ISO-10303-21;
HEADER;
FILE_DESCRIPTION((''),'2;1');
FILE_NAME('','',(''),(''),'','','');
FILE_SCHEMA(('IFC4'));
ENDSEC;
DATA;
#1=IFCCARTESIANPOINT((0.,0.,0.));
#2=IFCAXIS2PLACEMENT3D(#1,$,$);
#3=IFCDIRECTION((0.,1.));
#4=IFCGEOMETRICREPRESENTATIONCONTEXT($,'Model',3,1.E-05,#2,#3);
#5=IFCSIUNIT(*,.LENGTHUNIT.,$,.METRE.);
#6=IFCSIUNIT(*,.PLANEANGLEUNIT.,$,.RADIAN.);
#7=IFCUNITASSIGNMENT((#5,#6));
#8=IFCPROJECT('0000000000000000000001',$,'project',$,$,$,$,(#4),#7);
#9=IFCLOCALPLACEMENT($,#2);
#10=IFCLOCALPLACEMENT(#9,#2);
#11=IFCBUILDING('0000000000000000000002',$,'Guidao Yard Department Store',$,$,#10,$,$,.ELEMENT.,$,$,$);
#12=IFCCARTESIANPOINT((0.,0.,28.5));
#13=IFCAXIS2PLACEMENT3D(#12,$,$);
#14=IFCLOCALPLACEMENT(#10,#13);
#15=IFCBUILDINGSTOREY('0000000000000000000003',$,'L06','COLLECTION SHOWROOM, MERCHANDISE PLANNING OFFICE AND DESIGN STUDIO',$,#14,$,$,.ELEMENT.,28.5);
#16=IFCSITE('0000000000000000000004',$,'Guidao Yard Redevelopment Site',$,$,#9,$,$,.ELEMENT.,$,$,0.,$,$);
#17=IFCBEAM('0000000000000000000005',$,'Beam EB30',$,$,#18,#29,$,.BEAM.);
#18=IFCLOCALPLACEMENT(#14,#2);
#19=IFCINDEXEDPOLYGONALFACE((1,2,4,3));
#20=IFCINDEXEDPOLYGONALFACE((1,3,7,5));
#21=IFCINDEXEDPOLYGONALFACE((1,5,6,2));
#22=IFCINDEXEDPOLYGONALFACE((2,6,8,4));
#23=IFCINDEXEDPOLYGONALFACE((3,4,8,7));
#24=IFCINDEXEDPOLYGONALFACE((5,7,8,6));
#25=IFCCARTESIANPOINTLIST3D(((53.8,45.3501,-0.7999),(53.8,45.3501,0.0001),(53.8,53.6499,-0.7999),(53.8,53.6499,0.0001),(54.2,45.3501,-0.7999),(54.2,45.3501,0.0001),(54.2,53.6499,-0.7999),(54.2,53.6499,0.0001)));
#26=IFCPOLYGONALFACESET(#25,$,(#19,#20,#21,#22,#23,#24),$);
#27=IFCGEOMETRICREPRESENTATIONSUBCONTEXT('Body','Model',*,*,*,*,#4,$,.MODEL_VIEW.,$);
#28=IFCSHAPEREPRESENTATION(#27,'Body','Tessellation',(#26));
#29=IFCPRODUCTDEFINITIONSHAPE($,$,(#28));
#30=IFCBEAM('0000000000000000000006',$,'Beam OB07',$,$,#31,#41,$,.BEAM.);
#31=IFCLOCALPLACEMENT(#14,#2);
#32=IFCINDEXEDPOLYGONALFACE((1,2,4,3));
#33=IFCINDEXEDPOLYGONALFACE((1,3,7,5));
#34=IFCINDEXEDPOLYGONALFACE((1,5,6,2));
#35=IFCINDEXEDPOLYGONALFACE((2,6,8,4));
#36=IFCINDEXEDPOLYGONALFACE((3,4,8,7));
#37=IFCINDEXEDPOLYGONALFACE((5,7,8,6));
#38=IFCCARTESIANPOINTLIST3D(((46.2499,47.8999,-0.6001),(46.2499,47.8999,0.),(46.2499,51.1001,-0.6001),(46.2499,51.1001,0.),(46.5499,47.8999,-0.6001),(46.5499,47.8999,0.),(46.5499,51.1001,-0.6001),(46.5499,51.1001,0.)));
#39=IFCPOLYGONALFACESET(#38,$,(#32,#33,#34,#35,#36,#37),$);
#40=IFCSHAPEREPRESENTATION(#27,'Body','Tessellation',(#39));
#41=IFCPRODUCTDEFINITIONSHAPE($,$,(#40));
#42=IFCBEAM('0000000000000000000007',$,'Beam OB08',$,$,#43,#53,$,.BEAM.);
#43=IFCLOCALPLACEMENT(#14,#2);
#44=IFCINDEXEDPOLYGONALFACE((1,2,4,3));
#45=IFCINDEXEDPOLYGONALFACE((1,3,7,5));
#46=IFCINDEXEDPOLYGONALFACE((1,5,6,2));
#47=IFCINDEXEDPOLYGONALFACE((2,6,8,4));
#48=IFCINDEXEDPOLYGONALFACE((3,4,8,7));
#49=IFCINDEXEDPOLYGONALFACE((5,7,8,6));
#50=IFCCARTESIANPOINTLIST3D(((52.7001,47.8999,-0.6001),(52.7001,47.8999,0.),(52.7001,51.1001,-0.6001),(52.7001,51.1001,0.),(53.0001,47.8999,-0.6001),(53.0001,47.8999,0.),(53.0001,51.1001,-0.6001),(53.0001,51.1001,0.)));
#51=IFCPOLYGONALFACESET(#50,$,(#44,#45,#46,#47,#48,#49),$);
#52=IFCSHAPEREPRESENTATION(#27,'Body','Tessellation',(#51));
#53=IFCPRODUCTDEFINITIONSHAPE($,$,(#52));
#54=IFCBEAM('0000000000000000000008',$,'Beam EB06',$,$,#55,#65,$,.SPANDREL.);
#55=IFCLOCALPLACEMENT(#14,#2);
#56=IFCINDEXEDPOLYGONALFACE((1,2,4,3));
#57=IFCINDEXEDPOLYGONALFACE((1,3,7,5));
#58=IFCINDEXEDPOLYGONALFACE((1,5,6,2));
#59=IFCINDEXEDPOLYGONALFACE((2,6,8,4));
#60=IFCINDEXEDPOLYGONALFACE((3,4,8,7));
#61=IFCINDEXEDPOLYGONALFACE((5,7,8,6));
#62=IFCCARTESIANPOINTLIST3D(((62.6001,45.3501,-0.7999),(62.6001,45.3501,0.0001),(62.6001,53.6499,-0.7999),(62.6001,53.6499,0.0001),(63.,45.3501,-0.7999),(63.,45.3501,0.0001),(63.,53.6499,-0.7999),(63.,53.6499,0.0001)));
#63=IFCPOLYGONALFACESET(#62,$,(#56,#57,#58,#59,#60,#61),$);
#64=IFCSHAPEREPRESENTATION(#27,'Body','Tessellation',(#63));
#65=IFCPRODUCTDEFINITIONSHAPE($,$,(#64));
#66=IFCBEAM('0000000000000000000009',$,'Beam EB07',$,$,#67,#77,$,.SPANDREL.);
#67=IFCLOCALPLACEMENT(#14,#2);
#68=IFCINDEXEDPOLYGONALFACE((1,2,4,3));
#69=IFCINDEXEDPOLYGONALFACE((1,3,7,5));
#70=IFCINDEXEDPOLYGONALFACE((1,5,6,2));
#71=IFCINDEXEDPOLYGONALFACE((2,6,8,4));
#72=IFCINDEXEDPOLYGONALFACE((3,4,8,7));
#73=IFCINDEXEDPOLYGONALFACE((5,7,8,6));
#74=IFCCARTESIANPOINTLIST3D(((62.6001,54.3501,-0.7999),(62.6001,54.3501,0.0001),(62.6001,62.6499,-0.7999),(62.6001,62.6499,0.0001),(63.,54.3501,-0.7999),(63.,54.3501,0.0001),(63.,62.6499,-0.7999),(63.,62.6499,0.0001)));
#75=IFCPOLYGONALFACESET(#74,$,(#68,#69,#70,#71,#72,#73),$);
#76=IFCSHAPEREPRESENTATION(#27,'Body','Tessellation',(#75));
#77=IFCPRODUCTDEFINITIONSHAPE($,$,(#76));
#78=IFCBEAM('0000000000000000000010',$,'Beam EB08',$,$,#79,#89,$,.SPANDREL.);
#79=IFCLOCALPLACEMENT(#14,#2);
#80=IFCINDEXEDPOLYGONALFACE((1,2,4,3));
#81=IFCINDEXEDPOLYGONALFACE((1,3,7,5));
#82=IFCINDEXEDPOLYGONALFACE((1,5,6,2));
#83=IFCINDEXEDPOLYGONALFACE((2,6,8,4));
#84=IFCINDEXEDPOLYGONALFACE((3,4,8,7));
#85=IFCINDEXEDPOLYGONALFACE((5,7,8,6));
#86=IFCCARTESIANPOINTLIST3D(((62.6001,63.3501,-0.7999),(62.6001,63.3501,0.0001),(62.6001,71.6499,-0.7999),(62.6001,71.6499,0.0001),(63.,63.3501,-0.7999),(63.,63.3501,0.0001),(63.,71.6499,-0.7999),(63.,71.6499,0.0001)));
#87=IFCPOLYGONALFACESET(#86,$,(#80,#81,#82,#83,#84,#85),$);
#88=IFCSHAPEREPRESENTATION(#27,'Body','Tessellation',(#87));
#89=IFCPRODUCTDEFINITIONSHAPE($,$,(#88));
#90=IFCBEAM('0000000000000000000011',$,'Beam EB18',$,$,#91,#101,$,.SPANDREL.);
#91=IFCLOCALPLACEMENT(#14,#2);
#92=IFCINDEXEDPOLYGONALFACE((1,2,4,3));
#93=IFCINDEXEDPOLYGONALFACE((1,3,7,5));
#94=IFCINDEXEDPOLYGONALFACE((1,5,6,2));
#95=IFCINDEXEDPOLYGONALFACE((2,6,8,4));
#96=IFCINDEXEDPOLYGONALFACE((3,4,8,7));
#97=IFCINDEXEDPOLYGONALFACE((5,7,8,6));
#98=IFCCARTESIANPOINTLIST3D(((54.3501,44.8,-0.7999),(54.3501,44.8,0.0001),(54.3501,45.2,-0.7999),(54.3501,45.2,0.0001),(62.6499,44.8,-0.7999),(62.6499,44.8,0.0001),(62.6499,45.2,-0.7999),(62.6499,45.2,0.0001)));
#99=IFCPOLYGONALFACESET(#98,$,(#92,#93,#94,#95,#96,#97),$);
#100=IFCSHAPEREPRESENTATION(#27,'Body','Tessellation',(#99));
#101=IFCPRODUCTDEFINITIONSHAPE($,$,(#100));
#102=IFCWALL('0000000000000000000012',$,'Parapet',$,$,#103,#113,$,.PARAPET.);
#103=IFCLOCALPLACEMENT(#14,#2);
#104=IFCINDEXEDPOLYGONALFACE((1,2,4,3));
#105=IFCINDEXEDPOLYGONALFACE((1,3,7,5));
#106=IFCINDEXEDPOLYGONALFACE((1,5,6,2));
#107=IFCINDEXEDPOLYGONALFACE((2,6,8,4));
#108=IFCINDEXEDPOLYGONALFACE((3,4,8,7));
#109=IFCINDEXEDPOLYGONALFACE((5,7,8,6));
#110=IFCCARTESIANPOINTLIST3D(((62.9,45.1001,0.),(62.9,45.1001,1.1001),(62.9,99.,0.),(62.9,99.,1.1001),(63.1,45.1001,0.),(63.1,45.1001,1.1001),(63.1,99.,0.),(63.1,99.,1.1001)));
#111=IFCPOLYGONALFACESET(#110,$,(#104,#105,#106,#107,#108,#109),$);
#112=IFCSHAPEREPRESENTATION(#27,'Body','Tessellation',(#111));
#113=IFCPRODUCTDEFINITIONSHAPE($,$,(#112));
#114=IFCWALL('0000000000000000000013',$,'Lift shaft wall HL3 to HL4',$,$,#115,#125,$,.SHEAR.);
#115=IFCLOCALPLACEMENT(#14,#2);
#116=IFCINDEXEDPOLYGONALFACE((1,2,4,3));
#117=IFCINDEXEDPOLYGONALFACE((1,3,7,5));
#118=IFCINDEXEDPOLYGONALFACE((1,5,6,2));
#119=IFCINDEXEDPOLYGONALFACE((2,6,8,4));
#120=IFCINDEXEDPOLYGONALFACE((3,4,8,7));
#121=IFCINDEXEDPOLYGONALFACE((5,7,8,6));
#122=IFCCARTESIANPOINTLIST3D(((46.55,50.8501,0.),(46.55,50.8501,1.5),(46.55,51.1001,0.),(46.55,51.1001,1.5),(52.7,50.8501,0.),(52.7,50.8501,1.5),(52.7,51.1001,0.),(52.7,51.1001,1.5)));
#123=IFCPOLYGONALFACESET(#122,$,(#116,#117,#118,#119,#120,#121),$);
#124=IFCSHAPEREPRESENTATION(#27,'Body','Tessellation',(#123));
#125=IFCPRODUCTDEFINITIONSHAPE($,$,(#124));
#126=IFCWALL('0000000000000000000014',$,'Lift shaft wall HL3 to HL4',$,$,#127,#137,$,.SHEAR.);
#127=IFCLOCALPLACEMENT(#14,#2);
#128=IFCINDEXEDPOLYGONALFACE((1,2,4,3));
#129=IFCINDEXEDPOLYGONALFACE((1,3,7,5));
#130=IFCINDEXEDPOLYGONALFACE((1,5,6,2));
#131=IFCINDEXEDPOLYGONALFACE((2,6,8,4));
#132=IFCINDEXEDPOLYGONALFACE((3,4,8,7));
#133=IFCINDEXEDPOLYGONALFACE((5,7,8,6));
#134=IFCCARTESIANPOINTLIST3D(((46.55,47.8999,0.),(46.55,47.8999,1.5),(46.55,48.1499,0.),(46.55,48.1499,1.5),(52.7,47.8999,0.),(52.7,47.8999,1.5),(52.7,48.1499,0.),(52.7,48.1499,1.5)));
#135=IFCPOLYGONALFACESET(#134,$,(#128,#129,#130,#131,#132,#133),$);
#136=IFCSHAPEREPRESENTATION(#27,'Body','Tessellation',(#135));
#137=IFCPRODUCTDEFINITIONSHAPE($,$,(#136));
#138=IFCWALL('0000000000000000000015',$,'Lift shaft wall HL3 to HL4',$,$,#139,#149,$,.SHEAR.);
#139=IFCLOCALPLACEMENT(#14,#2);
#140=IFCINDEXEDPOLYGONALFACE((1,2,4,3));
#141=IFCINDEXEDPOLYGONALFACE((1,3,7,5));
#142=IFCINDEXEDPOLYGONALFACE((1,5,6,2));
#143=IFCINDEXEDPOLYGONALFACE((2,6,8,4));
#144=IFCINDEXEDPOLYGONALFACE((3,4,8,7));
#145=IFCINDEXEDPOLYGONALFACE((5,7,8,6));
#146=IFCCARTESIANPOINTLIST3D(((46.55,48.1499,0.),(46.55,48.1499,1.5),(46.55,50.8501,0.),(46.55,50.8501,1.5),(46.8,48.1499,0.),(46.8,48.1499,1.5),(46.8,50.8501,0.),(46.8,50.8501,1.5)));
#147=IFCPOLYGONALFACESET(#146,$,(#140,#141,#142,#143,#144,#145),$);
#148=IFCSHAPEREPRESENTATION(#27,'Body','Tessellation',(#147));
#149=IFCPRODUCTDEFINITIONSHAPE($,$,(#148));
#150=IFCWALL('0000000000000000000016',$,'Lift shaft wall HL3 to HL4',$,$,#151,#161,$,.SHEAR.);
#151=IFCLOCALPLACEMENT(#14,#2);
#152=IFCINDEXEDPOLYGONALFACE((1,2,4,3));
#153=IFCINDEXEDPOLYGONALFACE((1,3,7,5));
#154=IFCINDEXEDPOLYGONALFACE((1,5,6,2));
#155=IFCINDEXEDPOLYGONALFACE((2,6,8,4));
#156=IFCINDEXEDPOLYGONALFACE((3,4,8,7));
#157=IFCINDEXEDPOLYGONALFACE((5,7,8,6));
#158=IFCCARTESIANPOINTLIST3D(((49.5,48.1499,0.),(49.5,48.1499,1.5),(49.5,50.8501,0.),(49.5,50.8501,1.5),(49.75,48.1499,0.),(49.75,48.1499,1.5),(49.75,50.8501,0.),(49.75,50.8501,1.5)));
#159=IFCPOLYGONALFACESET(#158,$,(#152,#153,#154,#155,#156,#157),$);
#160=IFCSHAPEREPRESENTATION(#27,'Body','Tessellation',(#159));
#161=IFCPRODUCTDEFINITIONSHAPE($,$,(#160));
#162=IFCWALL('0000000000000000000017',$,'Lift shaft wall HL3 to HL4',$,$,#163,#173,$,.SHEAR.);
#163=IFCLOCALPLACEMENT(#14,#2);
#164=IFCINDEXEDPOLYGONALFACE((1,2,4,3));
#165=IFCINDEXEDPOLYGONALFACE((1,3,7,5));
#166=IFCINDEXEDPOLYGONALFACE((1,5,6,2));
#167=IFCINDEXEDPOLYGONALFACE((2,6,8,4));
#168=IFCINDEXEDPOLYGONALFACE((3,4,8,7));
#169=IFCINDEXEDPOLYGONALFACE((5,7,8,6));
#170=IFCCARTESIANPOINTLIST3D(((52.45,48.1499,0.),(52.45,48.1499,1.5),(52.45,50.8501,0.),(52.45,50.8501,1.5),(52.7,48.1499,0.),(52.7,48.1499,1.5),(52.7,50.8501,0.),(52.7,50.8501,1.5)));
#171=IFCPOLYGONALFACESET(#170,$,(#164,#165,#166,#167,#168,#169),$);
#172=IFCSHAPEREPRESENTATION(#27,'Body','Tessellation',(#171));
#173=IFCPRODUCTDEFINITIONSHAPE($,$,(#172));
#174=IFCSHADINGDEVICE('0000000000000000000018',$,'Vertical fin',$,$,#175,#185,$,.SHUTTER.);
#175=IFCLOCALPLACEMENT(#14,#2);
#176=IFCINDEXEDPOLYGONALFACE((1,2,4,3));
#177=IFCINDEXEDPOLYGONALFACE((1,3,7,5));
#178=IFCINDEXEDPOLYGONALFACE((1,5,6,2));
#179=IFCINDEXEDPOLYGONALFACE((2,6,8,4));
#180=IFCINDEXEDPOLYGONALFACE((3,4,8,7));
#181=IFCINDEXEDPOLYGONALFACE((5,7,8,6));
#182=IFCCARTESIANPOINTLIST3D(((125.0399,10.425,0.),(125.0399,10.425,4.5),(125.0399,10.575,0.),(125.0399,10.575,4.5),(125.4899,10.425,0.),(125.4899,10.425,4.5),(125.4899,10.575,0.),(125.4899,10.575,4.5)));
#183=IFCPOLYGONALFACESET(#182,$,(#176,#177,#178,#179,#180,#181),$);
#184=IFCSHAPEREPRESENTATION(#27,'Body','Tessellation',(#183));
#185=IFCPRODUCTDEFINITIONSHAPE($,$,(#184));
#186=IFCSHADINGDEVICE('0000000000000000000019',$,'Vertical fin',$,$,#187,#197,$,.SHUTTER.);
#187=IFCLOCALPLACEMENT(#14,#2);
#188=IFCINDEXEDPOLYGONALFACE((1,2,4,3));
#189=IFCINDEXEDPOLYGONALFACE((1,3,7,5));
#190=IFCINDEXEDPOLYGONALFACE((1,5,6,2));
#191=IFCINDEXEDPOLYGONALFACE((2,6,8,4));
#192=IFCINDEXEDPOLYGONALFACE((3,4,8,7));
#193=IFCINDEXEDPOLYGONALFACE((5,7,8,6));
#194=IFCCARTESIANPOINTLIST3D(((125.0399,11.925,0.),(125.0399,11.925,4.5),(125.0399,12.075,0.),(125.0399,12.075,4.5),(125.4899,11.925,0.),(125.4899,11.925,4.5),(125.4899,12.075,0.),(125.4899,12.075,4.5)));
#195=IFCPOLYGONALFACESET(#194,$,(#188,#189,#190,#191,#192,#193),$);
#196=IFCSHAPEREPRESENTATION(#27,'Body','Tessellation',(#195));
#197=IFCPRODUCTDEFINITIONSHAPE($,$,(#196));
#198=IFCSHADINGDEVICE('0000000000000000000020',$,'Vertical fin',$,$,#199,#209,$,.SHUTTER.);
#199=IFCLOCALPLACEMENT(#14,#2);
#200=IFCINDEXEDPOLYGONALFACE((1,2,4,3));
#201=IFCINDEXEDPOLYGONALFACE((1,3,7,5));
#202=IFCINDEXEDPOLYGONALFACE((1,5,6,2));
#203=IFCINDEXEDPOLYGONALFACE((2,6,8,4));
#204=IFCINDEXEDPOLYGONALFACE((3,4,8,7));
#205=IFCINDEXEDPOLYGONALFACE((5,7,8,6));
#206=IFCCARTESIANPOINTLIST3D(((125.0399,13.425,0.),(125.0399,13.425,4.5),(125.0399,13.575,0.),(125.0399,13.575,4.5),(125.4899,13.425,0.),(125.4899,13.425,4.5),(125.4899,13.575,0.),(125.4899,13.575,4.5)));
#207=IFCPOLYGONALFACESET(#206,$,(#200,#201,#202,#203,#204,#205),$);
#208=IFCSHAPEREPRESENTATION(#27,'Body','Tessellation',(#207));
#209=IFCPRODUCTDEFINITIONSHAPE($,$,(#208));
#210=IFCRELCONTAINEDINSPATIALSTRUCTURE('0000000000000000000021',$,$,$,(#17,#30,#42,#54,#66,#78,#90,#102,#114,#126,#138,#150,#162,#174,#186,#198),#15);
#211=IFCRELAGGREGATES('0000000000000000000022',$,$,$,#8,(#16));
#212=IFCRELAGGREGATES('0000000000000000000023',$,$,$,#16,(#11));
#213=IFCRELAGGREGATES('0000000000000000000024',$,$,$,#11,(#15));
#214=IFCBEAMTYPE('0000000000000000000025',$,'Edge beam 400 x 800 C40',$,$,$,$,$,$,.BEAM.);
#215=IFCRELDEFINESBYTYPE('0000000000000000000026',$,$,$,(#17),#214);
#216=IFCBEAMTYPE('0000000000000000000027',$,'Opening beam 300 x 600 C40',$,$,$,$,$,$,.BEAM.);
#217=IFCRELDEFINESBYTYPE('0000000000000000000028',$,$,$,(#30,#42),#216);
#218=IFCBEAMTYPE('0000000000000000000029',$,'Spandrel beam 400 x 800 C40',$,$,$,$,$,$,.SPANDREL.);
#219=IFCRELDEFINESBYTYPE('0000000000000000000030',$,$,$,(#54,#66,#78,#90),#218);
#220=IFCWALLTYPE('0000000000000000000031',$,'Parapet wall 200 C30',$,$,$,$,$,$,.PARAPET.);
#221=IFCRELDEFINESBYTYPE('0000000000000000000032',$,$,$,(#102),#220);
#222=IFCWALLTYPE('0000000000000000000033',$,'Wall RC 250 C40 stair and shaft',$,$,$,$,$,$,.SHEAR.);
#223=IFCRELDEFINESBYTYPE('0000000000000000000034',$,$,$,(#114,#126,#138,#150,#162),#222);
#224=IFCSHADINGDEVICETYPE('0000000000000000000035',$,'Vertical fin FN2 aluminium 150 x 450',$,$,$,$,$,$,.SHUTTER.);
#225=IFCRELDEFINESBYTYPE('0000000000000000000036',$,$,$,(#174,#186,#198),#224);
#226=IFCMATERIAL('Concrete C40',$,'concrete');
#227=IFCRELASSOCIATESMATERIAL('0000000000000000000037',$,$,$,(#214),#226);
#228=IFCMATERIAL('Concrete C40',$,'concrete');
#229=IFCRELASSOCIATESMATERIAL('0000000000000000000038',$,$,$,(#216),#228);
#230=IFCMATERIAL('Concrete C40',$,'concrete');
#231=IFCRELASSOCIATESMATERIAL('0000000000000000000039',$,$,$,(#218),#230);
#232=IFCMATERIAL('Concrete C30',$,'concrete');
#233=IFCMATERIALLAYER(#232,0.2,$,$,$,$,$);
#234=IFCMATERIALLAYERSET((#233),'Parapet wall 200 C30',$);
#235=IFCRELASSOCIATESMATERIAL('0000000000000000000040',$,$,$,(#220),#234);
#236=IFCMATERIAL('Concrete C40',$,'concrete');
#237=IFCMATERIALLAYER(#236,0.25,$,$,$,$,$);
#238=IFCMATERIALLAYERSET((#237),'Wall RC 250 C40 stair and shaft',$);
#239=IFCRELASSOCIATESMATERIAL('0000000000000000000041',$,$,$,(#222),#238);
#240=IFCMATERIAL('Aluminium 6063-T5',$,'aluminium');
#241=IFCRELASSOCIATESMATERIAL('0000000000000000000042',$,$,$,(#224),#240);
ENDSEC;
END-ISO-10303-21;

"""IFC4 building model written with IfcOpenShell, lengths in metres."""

from ifc_helpers import new_model, si_unit, direction, frame, frame_2d, origin, origin_2d, place, context, subcontext, project, spatial, rectangle, extrude, material, layer, layer_set, material_profile, profile_set, type_object, element, save


model = new_model("IFC4")

# Units and contexts
model_context = context("Model", 3, precision=1e-05, world=origin(), true_north=direction((0.0, 1.0)))
body_context = subcontext(model_context, "Body", "Model", "MODEL_VIEW")
ifc_project = project(units=[si_unit("LENGTHUNIT", "METRE"), si_unit("PLANEANGLEUNIT", "RADIAN")], contexts=[model_context])

# Site, building, storey
site_placement = place(None, origin())
site = spatial("IfcSite", under=ifc_project, at=site_placement, Name="Guidao Yard Redevelopment Site", CompositionType="ELEMENT", RefElevation=0.0)
building_placement = place(site_placement, origin())
building = spatial("IfcBuilding", under=site, at=building_placement, Name="Guidao Yard Department Store", CompositionType="ELEMENT")
storey_placement = place(building_placement, frame((0.0, 0.0, 28.5)))
storey = spatial("IfcBuildingStorey", under=building, at=storey_placement, Name="L06", Description="COLLECTION SHOWROOM, MERCHANDISE PLANNING OFFICE AND DESIGN STUDIO", CompositionType="ELEMENT", Elevation=28.5)

# Beams
ifc_material_1 = material(Name="Concrete C40", Category="concrete")
ifc_material_profile_1 = material_profile(ifc_material_1, rectangle(XDim=0.3999, YDim=0.8, at=origin_2d()), Name="Edge beam 400 x 800 C40")
ifc_profile_set_1 = profile_set([ifc_material_profile_1], Name="Concrete C40")
beam_type_1 = type_object("IfcBeamType", Name="Edge beam 400 x 800 C40", PredefinedType="BEAM", material=ifc_profile_set_1)
beam_placement = place(storey_placement, frame((54.0, 45.3501, -0.3999), z_axis=(0.0, 1.0, 0.0), x_axis=(-1.0, 0.0, 0.0)))
element("IfcBeam", 1, at=beam_placement, inside=storey, type_object=beam_type_1, Name="Beam EB30", PredefinedType="BEAM", context=body_context, shape_type="SweptSolid", body=[
    extrude(rectangle(XDim=0.3999, YDim=0.8, at=origin_2d()), origin(), (0.0, 0.0, 1.0), 8.2998),
])
ifc_material_2 = material(Name="Concrete C40", Category="concrete")
ifc_material_profile_2 = material_profile(ifc_material_2, rectangle(XDim=0.3, YDim=0.6001, at=origin_2d()), Name="Opening beam 300 x 600 C40")
ifc_profile_set_2 = profile_set([ifc_material_profile_2], Name="Concrete C40")
beam_type_2 = type_object("IfcBeamType", Name="Opening beam 300 x 600 C40", PredefinedType="BEAM", material=ifc_profile_set_2)
for number, where, z_axis, x_axis, name in (
    (2, (46.3999, 47.8999, -0.3), (0.0, 1.0, 0.0), (-1.0, 0.0, 0.0), "Beam OB07"),
    (3, (52.8501, 47.8999, -0.3), (0.0, 1.0, 0.0), (-1.0, 0.0, 0.0), "Beam OB08"),
):
    element("IfcBeam", number, at=place(storey_placement, frame(where, z_axis=z_axis, x_axis=x_axis)), inside=storey, type_object=beam_type_2, Name=name, PredefinedType="BEAM", context=body_context, shape_type="SweptSolid", body=[
        extrude(rectangle(XDim=0.3, YDim=0.6001, at=origin_2d()), origin(), (0.0, 0.0, 1.0), 3.2002),
    ])
ifc_material_3 = material(Name="Concrete C40", Category="concrete")
ifc_material_profile_3 = material_profile(ifc_material_3, rectangle(XDim=0.3999, YDim=0.8, at=origin_2d()), Name="Spandrel beam 400 x 800 C40")
ifc_profile_set_3 = profile_set([ifc_material_profile_3], Name="Concrete C40")
beam_type_3 = type_object("IfcBeamType", Name="Spandrel beam 400 x 800 C40", PredefinedType="SPANDREL", material=ifc_profile_set_3)
for number, where, z_axis, x_axis, name in (
    (4, (62.8, 45.3501, -0.3999), (0.0, 1.0, 0.0), (-1.0, 0.0, 0.0), "Beam EB06"),
    (5, (62.8, 54.3501, -0.3999), (0.0, 1.0, 0.0), (-1.0, 0.0, 0.0), "Beam EB07"),
    (6, (62.8, 63.3501, -0.3999), (0.0, 1.0, 0.0), (-1.0, 0.0, 0.0), "Beam EB08"),
    (7, (54.3501, 45.0, -0.3999), (1.0, 0.0, 0.0), (0.0, 1.0, 0.0), "Beam EB18"),
):
    element("IfcBeam", number, at=place(storey_placement, frame(where, z_axis=z_axis, x_axis=x_axis)), inside=storey, type_object=beam_type_3, Name=name, PredefinedType="SPANDREL", context=body_context, shape_type="SweptSolid", body=[
        extrude(rectangle(XDim=0.3999, YDim=0.8, at=origin_2d()), origin(), (0.0, 0.0, 1.0), 8.2998),
    ])

# Walls
ifc_material_4 = material(Name="Concrete C30", Category="concrete")
ifc_layer_1 = layer(ifc_material_4, 0.2)
ifc_layer_set_1 = layer_set([ifc_layer_1], Name="Parapet wall 200 C30")
wall_type_1 = type_object("IfcWallType", Name="Parapet wall 200 C30", PredefinedType="PARAPET", material=ifc_layer_set_1)
wall_placement = place(storey_placement, frame((63.0, 45.1001, 0.0), z_axis=(0.0, 0.0, 1.0), x_axis=(0.0, 1.0, 0.0)))
element("IfcWall", 8, at=wall_placement, inside=storey, type_object=wall_type_1, Name="Parapet", PredefinedType="PARAPET", context=body_context, shape_type="SweptSolid", body=[
    extrude(rectangle(XDim=53.8999, YDim=0.2, at=frame_2d((26.95, 0.0))), origin(), (0.0, 0.0, 1.0), 1.1001),
])
ifc_material_5 = material(Name="Concrete C40", Category="concrete")
ifc_layer_2 = layer(ifc_material_5, 0.25)
ifc_layer_set_2 = layer_set([ifc_layer_2], Name="Wall RC 250 C40 stair and shaft")
wall_type_2 = type_object("IfcWallType", Name="Wall RC 250 C40 stair and shaft", PredefinedType="SHEAR", material=ifc_layer_set_2)
for number, where, z_axis, x_axis, name in (
    (9, (46.55, 50.9751, 0.0), (0.0, 0.0, 1.0), (1.0, 0.0, 0.0), "Lift shaft wall HL3 to HL4"),
    (10, (46.55, 48.0249, 0.0), (0.0, 0.0, 1.0), (1.0, 0.0, 0.0), "Lift shaft wall HL3 to HL4"),
):
    element("IfcWall", number, at=place(storey_placement, frame(where, z_axis=z_axis, x_axis=x_axis)), inside=storey, type_object=wall_type_2, Name=name, PredefinedType="SHEAR", context=body_context, shape_type="SweptSolid", body=[
        extrude(rectangle(XDim=6.1499, YDim=0.25, at=frame_2d((3.075, 0.0))), origin(), (0.0, 0.0, 1.0), 1.5),
    ])
for number, where, z_axis, x_axis, name in (
    (11, (46.675, 48.1499, 0.0), (0.0, 0.0, 1.0), (0.0, 1.0, 0.0), "Lift shaft wall HL3 to HL4"),
    (12, (49.625, 48.1499, 0.0), (0.0, 0.0, 1.0), (0.0, 1.0, 0.0), "Lift shaft wall HL3 to HL4"),
    (13, (52.575, 48.1499, 0.0), (0.0, 0.0, 1.0), (0.0, 1.0, 0.0), "Lift shaft wall HL3 to HL4"),
):
    element("IfcWall", number, at=place(storey_placement, frame(where, z_axis=z_axis, x_axis=x_axis)), inside=storey, type_object=wall_type_2, Name=name, PredefinedType="SHEAR", context=body_context, shape_type="SweptSolid", body=[
        extrude(rectangle(XDim=2.7002, YDim=0.25, at=frame_2d((1.3501, 0.0))), origin(), (0.0, 0.0, 1.0), 1.5),
    ])

# Shading devices
ifc_material_6 = material(Name="Aluminium 6063-T5", Category="aluminium")
shading_device_type = type_object("IfcShadingDeviceType", Name="Vertical fin FN2 aluminium 150 x 450", PredefinedType="SHUTTER", material=ifc_material_6)
for number, where, z_axis, x_axis, name in (
    (14, (125.2649, 10.5, 0.0), (0.0, 0.0, 1.0), (0.0, 1.0, 0.0), "Vertical fin"),
    (15, (125.2649, 12.0, 0.0), (0.0, 0.0, 1.0), (0.0, 1.0, 0.0), "Vertical fin"),
    (16, (125.2649, 13.5, 0.0), (0.0, 0.0, 1.0), (0.0, 1.0, 0.0), "Vertical fin"),
):
    element("IfcShadingDevice", number, at=place(storey_placement, frame(where, z_axis=z_axis, x_axis=x_axis)), inside=storey, type_object=shading_device_type, Name=name, PredefinedType="SHUTTER", context=body_context, shape_type="SweptSolid", body=[
        extrude(rectangle(XDim=0.1499, YDim=0.45, at=origin_2d()), origin(), (0.0, 0.0, 1.0), 4.5),
    ])

save(model, "model.ifc")
